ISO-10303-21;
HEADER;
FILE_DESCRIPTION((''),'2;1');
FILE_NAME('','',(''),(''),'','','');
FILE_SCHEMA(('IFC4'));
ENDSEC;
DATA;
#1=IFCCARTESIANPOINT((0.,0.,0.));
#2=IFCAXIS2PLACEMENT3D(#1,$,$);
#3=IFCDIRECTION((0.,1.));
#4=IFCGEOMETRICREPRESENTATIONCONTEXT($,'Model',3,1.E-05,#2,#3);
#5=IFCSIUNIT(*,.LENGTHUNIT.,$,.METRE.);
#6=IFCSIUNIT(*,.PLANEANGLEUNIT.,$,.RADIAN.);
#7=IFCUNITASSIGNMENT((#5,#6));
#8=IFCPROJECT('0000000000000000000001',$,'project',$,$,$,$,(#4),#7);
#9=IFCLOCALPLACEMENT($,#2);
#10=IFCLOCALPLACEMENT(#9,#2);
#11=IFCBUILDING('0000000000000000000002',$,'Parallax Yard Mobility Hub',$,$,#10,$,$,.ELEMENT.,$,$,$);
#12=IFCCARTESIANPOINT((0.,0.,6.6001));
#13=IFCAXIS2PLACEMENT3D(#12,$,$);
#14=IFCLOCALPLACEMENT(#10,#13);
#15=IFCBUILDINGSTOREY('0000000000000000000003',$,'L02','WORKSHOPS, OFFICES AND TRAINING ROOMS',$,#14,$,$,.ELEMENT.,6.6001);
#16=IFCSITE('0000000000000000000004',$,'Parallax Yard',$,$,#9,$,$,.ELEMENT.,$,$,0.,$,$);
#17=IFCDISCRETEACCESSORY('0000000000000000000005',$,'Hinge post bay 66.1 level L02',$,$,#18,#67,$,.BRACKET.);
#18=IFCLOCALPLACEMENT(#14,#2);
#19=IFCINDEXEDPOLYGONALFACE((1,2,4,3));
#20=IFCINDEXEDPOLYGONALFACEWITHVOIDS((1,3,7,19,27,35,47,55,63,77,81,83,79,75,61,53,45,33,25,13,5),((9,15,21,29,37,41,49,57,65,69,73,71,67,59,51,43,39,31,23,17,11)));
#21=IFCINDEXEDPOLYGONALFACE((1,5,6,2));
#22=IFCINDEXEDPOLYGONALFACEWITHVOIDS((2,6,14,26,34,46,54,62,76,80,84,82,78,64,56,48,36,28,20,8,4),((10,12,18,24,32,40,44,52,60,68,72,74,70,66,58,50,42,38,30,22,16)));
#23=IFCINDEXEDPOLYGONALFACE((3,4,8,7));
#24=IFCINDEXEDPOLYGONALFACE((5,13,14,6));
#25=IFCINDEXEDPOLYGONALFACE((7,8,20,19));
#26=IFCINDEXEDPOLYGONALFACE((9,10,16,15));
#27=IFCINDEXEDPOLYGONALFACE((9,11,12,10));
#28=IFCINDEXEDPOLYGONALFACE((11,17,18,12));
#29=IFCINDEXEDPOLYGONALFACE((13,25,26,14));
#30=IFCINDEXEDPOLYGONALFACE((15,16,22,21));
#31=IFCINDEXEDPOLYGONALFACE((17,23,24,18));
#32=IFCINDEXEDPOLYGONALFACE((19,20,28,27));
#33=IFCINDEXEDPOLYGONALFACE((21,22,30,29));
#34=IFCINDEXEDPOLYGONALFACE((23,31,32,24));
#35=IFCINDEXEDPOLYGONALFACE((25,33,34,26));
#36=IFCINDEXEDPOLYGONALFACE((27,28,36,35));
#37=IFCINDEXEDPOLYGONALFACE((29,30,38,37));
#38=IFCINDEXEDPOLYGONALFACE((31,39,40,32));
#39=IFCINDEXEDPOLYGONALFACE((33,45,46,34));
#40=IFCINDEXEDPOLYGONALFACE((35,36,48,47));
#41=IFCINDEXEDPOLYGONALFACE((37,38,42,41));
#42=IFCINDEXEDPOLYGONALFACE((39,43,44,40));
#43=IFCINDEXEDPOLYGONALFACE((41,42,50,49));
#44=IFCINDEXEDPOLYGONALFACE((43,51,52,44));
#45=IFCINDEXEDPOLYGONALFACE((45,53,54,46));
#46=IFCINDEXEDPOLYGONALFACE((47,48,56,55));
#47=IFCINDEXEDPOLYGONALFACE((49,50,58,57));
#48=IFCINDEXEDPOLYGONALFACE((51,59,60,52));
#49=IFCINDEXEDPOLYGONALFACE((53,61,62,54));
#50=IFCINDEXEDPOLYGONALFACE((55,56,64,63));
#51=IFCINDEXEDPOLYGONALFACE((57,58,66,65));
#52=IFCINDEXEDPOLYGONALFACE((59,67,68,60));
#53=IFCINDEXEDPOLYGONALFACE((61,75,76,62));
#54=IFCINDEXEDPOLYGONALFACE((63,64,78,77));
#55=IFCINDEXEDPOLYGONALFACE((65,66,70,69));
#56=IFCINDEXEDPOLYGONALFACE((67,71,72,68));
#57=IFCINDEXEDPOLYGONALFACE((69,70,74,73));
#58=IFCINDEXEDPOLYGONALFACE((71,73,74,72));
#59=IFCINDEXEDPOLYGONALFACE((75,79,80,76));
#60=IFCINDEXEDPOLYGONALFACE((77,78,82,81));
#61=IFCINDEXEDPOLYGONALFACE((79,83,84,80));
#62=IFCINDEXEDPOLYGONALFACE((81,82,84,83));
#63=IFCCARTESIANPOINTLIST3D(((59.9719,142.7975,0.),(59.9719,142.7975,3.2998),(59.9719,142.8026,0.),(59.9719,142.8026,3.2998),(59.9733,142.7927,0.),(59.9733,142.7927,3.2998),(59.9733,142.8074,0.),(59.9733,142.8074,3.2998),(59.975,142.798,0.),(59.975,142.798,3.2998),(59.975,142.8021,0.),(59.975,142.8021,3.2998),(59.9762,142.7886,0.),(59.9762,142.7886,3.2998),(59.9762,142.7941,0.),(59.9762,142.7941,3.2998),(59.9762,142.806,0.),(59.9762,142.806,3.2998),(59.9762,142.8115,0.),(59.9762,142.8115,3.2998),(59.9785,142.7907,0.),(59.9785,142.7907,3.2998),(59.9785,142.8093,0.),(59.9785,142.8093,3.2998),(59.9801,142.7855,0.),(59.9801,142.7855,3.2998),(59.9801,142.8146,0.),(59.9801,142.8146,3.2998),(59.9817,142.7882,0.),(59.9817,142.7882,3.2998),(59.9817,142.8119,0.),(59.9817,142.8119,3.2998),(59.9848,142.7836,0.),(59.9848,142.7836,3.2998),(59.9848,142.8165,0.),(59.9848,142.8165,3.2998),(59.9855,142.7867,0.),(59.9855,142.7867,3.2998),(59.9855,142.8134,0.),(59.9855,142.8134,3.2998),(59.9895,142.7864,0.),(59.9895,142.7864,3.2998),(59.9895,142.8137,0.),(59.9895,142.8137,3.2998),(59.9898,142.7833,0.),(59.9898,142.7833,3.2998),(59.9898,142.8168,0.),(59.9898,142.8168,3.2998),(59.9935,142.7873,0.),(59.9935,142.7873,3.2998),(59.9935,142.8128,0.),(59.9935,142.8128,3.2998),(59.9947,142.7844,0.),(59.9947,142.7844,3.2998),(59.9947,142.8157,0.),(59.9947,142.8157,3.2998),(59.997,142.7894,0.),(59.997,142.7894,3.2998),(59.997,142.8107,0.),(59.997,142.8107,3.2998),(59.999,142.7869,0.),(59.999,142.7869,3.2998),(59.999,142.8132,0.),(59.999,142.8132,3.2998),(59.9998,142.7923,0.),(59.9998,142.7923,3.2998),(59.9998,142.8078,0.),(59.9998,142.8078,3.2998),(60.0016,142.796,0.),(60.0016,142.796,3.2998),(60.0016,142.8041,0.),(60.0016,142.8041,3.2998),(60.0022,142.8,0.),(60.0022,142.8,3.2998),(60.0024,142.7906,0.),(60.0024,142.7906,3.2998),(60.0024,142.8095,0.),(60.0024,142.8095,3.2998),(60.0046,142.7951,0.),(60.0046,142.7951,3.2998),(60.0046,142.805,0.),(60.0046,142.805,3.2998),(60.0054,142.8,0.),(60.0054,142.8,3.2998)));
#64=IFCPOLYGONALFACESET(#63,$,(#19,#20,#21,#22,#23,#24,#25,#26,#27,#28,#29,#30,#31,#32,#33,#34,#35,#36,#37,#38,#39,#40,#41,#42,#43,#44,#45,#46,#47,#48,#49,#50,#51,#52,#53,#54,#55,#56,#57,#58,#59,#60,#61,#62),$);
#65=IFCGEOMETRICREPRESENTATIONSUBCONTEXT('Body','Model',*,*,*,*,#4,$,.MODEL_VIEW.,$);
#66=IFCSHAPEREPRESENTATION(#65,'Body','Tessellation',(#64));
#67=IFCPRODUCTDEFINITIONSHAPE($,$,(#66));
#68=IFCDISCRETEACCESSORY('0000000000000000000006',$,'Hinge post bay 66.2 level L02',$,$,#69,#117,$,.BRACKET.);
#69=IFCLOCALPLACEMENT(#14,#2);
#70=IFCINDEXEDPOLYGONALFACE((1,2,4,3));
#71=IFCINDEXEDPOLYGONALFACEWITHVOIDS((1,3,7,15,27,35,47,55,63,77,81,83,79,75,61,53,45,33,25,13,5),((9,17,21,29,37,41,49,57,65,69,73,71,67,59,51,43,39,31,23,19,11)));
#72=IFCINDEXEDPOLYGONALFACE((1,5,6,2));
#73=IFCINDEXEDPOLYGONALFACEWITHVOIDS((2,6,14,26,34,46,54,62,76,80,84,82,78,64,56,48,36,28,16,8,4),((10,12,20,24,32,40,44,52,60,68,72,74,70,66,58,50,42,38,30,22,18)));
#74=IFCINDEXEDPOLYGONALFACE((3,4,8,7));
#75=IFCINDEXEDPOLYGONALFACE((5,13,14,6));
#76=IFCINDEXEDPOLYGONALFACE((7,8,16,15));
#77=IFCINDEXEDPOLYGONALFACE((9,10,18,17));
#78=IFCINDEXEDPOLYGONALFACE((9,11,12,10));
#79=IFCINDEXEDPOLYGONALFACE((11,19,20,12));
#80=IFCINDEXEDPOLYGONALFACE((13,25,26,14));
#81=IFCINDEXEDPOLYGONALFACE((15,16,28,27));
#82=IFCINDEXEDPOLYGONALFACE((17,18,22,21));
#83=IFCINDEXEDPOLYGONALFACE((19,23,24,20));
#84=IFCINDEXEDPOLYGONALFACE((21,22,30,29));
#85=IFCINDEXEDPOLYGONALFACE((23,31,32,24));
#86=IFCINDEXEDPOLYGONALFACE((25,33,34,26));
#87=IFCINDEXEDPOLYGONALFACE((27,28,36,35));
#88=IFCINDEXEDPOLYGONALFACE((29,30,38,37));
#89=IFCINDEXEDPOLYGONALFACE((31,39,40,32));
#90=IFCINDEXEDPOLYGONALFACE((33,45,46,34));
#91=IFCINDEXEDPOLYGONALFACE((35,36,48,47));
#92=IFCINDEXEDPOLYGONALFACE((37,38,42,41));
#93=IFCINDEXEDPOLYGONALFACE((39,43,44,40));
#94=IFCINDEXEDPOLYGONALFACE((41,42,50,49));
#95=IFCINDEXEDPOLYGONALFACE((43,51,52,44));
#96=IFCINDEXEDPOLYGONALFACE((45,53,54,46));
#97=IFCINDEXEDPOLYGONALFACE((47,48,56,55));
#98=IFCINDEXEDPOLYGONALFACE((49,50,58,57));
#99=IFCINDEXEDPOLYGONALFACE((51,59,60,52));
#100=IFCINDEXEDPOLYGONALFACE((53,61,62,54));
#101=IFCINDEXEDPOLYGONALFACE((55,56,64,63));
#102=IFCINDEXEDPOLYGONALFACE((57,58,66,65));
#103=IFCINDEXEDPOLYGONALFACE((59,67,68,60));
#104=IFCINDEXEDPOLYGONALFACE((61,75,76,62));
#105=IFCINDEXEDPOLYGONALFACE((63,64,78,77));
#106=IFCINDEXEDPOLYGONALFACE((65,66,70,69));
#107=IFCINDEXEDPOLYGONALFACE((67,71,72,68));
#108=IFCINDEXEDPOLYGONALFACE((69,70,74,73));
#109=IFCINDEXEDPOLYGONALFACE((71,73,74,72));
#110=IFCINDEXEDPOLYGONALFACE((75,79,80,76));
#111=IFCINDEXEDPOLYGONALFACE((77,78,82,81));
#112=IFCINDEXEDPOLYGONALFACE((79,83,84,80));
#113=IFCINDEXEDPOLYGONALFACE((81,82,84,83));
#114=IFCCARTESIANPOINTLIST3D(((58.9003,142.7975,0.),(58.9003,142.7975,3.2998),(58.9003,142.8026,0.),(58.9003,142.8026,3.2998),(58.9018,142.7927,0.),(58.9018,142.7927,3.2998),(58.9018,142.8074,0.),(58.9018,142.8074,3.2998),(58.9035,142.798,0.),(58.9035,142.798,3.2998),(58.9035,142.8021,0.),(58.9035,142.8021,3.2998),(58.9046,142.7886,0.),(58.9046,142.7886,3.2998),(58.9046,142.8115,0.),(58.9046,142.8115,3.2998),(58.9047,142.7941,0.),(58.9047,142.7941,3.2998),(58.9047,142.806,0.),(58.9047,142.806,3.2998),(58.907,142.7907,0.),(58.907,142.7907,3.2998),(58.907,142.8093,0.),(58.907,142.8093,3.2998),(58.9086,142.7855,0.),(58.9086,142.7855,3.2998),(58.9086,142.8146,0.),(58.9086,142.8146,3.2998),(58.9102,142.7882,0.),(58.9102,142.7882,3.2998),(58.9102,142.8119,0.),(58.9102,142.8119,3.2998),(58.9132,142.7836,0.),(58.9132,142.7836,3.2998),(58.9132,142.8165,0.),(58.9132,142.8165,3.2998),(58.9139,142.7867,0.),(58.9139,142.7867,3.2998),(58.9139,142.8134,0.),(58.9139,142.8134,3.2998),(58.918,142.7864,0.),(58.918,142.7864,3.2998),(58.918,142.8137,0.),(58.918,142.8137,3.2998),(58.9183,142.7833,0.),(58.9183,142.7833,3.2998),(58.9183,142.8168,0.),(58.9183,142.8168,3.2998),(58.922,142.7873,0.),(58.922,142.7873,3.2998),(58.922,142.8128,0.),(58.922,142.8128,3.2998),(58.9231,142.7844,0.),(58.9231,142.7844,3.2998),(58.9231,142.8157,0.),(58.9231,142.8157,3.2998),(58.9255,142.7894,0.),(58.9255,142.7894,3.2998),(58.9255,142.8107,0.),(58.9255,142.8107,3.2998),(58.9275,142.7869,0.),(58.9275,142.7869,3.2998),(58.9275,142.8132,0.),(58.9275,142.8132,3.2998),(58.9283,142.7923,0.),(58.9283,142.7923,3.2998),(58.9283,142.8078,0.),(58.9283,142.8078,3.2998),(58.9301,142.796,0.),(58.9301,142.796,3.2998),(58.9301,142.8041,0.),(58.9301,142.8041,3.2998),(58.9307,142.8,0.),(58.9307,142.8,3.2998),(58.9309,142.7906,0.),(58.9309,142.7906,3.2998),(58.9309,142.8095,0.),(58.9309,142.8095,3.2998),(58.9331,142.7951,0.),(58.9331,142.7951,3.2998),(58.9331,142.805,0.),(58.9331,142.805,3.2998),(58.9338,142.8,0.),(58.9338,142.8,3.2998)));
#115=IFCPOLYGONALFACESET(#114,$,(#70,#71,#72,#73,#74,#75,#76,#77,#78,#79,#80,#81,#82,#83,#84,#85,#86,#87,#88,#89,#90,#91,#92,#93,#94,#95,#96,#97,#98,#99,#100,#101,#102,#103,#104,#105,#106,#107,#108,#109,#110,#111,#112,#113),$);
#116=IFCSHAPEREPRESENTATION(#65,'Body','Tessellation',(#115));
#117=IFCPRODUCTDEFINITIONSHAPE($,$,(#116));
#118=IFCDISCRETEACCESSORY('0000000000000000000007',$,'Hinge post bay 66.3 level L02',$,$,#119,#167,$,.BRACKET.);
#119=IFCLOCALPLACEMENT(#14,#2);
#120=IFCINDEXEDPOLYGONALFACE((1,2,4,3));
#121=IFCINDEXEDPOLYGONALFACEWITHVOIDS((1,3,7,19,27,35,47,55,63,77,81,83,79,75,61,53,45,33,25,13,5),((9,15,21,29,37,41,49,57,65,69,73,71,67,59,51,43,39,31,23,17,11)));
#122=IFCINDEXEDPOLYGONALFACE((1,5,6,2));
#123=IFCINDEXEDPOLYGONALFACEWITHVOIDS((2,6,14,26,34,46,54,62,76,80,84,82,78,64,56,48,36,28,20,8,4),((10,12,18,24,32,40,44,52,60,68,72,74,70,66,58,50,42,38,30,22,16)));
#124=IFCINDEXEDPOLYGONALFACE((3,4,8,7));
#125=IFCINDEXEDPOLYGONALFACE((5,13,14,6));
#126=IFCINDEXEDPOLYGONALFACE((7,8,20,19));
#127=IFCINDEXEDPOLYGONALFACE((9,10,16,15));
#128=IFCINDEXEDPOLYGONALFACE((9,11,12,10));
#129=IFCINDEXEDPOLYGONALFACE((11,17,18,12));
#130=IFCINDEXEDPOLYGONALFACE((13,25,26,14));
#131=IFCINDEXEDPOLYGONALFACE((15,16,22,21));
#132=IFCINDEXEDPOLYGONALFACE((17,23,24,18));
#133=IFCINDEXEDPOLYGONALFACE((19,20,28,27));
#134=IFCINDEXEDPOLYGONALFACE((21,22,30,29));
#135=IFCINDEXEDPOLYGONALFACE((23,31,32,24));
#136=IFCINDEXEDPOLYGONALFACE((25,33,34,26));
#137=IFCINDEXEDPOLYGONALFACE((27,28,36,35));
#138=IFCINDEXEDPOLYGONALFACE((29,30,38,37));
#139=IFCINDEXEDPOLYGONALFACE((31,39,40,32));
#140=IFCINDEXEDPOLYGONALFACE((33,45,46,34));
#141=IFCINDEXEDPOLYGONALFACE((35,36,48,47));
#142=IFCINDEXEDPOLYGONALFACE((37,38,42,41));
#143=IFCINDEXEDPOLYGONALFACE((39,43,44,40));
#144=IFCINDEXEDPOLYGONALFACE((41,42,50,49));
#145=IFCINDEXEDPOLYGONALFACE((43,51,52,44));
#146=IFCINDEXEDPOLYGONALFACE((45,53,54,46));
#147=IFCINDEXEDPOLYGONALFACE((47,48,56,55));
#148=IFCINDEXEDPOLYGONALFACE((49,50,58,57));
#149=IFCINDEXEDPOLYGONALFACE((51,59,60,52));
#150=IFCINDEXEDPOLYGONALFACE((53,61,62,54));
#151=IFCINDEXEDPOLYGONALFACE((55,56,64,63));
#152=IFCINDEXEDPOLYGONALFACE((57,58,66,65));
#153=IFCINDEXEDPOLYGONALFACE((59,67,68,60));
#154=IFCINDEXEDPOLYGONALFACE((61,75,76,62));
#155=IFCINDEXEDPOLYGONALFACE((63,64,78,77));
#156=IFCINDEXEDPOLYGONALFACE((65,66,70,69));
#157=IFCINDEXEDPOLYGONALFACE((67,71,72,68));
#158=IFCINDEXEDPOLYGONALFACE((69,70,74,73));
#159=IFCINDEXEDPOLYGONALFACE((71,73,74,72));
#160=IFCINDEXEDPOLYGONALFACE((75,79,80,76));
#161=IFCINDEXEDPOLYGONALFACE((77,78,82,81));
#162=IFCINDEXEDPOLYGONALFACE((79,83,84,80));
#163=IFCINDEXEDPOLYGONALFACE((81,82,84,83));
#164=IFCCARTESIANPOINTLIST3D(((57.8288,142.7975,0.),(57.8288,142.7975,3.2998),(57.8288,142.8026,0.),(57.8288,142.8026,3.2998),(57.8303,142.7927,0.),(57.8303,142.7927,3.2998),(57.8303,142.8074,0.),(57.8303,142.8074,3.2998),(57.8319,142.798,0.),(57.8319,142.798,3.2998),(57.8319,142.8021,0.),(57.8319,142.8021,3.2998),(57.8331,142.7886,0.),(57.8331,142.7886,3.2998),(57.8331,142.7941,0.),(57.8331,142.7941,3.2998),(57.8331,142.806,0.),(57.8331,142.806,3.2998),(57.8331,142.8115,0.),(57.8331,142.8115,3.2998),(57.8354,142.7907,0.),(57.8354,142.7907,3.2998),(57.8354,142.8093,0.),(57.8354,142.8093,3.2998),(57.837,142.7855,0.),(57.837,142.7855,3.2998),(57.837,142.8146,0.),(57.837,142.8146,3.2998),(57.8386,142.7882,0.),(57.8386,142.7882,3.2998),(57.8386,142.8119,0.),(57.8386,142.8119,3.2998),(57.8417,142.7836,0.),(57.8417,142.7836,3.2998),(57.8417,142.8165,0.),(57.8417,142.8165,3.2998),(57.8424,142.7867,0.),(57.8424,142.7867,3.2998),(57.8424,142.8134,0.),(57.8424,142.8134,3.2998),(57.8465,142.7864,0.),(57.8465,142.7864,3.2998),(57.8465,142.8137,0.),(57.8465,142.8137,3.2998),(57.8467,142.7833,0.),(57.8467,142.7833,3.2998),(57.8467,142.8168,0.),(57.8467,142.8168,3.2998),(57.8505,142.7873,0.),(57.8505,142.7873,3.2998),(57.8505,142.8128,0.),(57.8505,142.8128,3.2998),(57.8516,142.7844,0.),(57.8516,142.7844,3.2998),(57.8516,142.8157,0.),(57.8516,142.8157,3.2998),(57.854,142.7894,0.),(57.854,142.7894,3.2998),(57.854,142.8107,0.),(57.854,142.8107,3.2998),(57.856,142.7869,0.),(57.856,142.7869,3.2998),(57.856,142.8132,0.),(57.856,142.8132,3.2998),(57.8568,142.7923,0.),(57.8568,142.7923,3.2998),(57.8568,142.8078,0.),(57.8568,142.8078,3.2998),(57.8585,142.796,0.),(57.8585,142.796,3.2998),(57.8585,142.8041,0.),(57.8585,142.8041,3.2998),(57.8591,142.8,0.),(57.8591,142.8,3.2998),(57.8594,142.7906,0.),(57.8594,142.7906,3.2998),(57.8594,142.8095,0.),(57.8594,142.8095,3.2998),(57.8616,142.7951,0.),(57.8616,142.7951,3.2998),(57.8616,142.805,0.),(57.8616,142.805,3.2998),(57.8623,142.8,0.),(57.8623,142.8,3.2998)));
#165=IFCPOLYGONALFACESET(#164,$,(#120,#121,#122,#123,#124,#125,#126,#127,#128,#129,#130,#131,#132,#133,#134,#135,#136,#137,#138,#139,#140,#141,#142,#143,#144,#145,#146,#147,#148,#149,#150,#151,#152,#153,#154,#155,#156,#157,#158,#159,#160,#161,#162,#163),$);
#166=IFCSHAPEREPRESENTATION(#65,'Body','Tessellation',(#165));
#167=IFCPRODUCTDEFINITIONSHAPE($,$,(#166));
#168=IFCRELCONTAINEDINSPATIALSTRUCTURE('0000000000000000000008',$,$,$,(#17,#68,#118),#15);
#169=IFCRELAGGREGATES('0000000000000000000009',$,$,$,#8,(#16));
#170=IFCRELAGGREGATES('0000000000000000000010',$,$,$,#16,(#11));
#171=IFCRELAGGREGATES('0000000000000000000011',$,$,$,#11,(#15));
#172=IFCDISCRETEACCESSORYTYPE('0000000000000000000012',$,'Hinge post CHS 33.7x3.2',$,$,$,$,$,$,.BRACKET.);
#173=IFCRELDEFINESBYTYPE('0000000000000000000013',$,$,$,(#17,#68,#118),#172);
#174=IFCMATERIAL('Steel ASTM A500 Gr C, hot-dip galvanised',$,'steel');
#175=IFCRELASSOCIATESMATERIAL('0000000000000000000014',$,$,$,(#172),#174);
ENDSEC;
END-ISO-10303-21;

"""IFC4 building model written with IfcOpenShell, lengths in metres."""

from ifc_helpers import new_model, si_unit, direction, frame, origin, origin_2d, place, context, subcontext, project, spatial, hollow_circle, extrude, material, material_profile, profile_set, type_object, element, save


model = new_model("IFC4")

# Units and contexts
model_context = context("Model", 3, precision=1e-05, world=origin(), true_north=direction((0.0, 1.0)))
body_context = subcontext(model_context, "Body", "Model", "MODEL_VIEW")
ifc_project = project(units=[si_unit("LENGTHUNIT", "METRE"), si_unit("PLANEANGLEUNIT", "RADIAN")], contexts=[model_context])

# Site, building, storey
site_placement = place(None, origin())
site = spatial("IfcSite", under=ifc_project, at=site_placement, Name="Parallax Yard", CompositionType="ELEMENT", RefElevation=0.0)
building_placement = place(site_placement, origin())
building = spatial("IfcBuilding", under=site, at=building_placement, Name="Parallax Yard Mobility Hub", CompositionType="ELEMENT")
storey_placement = place(building_placement, frame((0.0, 0.0, 6.6001)))
storey = spatial("IfcBuildingStorey", under=building, at=storey_placement, Name="L02", Description="WORKSHOPS, OFFICES AND TRAINING ROOMS", CompositionType="ELEMENT", Elevation=6.6001)

# Discrete accessories
ifc_material_1 = material(Name="Steel ASTM A500 Gr C, hot-dip galvanised", Category="steel")
ifc_material_profile_1 = material_profile(ifc_material_1, hollow_circle(Radius=0.0168, WallThickness=0.0032, at=origin_2d()), Name="CHS 33.7x3.2")
ifc_profile_set_1 = profile_set([ifc_material_profile_1], Name="Steel ASTM A500 Gr C, hot-dip galvanised")
discrete_accessory_type_1 = type_object("IfcDiscreteAccessoryType", Name="Hinge post CHS 33.7x3.2", PredefinedType="BRACKET", material=ifc_profile_set_1)
for number, where, z_axis, x_axis, name in (
    (1, (59.9885, 142.8, 0.0), (0.0, 0.0, 1.0), (1.0, 0.0, 0.0), "Hinge post bay 66.1 level L02"),
    (2, (58.917, 142.8, 0.0), (0.0, 0.0, 1.0), (1.0, 0.0, 0.0), "Hinge post bay 66.2 level L02"),
    (3, (57.8455, 142.8, 0.0), (0.0, 0.0, 1.0), (1.0, 0.0, 0.0), "Hinge post bay 66.3 level L02"),
):
    element("IfcDiscreteAccessory", number, at=place(storey_placement, frame(where, z_axis=z_axis, x_axis=x_axis)), inside=storey, type_object=discrete_accessory_type_1, Name=name, PredefinedType="BRACKET", context=body_context, shape_type="SweptSolid", body=[
        extrude(hollow_circle(Radius=0.0168, WallThickness=0.0032, at=origin_2d()), origin(), (0.0, 0.0, 1.0), 3.2998),
    ])

save(model, "model.ifc")
